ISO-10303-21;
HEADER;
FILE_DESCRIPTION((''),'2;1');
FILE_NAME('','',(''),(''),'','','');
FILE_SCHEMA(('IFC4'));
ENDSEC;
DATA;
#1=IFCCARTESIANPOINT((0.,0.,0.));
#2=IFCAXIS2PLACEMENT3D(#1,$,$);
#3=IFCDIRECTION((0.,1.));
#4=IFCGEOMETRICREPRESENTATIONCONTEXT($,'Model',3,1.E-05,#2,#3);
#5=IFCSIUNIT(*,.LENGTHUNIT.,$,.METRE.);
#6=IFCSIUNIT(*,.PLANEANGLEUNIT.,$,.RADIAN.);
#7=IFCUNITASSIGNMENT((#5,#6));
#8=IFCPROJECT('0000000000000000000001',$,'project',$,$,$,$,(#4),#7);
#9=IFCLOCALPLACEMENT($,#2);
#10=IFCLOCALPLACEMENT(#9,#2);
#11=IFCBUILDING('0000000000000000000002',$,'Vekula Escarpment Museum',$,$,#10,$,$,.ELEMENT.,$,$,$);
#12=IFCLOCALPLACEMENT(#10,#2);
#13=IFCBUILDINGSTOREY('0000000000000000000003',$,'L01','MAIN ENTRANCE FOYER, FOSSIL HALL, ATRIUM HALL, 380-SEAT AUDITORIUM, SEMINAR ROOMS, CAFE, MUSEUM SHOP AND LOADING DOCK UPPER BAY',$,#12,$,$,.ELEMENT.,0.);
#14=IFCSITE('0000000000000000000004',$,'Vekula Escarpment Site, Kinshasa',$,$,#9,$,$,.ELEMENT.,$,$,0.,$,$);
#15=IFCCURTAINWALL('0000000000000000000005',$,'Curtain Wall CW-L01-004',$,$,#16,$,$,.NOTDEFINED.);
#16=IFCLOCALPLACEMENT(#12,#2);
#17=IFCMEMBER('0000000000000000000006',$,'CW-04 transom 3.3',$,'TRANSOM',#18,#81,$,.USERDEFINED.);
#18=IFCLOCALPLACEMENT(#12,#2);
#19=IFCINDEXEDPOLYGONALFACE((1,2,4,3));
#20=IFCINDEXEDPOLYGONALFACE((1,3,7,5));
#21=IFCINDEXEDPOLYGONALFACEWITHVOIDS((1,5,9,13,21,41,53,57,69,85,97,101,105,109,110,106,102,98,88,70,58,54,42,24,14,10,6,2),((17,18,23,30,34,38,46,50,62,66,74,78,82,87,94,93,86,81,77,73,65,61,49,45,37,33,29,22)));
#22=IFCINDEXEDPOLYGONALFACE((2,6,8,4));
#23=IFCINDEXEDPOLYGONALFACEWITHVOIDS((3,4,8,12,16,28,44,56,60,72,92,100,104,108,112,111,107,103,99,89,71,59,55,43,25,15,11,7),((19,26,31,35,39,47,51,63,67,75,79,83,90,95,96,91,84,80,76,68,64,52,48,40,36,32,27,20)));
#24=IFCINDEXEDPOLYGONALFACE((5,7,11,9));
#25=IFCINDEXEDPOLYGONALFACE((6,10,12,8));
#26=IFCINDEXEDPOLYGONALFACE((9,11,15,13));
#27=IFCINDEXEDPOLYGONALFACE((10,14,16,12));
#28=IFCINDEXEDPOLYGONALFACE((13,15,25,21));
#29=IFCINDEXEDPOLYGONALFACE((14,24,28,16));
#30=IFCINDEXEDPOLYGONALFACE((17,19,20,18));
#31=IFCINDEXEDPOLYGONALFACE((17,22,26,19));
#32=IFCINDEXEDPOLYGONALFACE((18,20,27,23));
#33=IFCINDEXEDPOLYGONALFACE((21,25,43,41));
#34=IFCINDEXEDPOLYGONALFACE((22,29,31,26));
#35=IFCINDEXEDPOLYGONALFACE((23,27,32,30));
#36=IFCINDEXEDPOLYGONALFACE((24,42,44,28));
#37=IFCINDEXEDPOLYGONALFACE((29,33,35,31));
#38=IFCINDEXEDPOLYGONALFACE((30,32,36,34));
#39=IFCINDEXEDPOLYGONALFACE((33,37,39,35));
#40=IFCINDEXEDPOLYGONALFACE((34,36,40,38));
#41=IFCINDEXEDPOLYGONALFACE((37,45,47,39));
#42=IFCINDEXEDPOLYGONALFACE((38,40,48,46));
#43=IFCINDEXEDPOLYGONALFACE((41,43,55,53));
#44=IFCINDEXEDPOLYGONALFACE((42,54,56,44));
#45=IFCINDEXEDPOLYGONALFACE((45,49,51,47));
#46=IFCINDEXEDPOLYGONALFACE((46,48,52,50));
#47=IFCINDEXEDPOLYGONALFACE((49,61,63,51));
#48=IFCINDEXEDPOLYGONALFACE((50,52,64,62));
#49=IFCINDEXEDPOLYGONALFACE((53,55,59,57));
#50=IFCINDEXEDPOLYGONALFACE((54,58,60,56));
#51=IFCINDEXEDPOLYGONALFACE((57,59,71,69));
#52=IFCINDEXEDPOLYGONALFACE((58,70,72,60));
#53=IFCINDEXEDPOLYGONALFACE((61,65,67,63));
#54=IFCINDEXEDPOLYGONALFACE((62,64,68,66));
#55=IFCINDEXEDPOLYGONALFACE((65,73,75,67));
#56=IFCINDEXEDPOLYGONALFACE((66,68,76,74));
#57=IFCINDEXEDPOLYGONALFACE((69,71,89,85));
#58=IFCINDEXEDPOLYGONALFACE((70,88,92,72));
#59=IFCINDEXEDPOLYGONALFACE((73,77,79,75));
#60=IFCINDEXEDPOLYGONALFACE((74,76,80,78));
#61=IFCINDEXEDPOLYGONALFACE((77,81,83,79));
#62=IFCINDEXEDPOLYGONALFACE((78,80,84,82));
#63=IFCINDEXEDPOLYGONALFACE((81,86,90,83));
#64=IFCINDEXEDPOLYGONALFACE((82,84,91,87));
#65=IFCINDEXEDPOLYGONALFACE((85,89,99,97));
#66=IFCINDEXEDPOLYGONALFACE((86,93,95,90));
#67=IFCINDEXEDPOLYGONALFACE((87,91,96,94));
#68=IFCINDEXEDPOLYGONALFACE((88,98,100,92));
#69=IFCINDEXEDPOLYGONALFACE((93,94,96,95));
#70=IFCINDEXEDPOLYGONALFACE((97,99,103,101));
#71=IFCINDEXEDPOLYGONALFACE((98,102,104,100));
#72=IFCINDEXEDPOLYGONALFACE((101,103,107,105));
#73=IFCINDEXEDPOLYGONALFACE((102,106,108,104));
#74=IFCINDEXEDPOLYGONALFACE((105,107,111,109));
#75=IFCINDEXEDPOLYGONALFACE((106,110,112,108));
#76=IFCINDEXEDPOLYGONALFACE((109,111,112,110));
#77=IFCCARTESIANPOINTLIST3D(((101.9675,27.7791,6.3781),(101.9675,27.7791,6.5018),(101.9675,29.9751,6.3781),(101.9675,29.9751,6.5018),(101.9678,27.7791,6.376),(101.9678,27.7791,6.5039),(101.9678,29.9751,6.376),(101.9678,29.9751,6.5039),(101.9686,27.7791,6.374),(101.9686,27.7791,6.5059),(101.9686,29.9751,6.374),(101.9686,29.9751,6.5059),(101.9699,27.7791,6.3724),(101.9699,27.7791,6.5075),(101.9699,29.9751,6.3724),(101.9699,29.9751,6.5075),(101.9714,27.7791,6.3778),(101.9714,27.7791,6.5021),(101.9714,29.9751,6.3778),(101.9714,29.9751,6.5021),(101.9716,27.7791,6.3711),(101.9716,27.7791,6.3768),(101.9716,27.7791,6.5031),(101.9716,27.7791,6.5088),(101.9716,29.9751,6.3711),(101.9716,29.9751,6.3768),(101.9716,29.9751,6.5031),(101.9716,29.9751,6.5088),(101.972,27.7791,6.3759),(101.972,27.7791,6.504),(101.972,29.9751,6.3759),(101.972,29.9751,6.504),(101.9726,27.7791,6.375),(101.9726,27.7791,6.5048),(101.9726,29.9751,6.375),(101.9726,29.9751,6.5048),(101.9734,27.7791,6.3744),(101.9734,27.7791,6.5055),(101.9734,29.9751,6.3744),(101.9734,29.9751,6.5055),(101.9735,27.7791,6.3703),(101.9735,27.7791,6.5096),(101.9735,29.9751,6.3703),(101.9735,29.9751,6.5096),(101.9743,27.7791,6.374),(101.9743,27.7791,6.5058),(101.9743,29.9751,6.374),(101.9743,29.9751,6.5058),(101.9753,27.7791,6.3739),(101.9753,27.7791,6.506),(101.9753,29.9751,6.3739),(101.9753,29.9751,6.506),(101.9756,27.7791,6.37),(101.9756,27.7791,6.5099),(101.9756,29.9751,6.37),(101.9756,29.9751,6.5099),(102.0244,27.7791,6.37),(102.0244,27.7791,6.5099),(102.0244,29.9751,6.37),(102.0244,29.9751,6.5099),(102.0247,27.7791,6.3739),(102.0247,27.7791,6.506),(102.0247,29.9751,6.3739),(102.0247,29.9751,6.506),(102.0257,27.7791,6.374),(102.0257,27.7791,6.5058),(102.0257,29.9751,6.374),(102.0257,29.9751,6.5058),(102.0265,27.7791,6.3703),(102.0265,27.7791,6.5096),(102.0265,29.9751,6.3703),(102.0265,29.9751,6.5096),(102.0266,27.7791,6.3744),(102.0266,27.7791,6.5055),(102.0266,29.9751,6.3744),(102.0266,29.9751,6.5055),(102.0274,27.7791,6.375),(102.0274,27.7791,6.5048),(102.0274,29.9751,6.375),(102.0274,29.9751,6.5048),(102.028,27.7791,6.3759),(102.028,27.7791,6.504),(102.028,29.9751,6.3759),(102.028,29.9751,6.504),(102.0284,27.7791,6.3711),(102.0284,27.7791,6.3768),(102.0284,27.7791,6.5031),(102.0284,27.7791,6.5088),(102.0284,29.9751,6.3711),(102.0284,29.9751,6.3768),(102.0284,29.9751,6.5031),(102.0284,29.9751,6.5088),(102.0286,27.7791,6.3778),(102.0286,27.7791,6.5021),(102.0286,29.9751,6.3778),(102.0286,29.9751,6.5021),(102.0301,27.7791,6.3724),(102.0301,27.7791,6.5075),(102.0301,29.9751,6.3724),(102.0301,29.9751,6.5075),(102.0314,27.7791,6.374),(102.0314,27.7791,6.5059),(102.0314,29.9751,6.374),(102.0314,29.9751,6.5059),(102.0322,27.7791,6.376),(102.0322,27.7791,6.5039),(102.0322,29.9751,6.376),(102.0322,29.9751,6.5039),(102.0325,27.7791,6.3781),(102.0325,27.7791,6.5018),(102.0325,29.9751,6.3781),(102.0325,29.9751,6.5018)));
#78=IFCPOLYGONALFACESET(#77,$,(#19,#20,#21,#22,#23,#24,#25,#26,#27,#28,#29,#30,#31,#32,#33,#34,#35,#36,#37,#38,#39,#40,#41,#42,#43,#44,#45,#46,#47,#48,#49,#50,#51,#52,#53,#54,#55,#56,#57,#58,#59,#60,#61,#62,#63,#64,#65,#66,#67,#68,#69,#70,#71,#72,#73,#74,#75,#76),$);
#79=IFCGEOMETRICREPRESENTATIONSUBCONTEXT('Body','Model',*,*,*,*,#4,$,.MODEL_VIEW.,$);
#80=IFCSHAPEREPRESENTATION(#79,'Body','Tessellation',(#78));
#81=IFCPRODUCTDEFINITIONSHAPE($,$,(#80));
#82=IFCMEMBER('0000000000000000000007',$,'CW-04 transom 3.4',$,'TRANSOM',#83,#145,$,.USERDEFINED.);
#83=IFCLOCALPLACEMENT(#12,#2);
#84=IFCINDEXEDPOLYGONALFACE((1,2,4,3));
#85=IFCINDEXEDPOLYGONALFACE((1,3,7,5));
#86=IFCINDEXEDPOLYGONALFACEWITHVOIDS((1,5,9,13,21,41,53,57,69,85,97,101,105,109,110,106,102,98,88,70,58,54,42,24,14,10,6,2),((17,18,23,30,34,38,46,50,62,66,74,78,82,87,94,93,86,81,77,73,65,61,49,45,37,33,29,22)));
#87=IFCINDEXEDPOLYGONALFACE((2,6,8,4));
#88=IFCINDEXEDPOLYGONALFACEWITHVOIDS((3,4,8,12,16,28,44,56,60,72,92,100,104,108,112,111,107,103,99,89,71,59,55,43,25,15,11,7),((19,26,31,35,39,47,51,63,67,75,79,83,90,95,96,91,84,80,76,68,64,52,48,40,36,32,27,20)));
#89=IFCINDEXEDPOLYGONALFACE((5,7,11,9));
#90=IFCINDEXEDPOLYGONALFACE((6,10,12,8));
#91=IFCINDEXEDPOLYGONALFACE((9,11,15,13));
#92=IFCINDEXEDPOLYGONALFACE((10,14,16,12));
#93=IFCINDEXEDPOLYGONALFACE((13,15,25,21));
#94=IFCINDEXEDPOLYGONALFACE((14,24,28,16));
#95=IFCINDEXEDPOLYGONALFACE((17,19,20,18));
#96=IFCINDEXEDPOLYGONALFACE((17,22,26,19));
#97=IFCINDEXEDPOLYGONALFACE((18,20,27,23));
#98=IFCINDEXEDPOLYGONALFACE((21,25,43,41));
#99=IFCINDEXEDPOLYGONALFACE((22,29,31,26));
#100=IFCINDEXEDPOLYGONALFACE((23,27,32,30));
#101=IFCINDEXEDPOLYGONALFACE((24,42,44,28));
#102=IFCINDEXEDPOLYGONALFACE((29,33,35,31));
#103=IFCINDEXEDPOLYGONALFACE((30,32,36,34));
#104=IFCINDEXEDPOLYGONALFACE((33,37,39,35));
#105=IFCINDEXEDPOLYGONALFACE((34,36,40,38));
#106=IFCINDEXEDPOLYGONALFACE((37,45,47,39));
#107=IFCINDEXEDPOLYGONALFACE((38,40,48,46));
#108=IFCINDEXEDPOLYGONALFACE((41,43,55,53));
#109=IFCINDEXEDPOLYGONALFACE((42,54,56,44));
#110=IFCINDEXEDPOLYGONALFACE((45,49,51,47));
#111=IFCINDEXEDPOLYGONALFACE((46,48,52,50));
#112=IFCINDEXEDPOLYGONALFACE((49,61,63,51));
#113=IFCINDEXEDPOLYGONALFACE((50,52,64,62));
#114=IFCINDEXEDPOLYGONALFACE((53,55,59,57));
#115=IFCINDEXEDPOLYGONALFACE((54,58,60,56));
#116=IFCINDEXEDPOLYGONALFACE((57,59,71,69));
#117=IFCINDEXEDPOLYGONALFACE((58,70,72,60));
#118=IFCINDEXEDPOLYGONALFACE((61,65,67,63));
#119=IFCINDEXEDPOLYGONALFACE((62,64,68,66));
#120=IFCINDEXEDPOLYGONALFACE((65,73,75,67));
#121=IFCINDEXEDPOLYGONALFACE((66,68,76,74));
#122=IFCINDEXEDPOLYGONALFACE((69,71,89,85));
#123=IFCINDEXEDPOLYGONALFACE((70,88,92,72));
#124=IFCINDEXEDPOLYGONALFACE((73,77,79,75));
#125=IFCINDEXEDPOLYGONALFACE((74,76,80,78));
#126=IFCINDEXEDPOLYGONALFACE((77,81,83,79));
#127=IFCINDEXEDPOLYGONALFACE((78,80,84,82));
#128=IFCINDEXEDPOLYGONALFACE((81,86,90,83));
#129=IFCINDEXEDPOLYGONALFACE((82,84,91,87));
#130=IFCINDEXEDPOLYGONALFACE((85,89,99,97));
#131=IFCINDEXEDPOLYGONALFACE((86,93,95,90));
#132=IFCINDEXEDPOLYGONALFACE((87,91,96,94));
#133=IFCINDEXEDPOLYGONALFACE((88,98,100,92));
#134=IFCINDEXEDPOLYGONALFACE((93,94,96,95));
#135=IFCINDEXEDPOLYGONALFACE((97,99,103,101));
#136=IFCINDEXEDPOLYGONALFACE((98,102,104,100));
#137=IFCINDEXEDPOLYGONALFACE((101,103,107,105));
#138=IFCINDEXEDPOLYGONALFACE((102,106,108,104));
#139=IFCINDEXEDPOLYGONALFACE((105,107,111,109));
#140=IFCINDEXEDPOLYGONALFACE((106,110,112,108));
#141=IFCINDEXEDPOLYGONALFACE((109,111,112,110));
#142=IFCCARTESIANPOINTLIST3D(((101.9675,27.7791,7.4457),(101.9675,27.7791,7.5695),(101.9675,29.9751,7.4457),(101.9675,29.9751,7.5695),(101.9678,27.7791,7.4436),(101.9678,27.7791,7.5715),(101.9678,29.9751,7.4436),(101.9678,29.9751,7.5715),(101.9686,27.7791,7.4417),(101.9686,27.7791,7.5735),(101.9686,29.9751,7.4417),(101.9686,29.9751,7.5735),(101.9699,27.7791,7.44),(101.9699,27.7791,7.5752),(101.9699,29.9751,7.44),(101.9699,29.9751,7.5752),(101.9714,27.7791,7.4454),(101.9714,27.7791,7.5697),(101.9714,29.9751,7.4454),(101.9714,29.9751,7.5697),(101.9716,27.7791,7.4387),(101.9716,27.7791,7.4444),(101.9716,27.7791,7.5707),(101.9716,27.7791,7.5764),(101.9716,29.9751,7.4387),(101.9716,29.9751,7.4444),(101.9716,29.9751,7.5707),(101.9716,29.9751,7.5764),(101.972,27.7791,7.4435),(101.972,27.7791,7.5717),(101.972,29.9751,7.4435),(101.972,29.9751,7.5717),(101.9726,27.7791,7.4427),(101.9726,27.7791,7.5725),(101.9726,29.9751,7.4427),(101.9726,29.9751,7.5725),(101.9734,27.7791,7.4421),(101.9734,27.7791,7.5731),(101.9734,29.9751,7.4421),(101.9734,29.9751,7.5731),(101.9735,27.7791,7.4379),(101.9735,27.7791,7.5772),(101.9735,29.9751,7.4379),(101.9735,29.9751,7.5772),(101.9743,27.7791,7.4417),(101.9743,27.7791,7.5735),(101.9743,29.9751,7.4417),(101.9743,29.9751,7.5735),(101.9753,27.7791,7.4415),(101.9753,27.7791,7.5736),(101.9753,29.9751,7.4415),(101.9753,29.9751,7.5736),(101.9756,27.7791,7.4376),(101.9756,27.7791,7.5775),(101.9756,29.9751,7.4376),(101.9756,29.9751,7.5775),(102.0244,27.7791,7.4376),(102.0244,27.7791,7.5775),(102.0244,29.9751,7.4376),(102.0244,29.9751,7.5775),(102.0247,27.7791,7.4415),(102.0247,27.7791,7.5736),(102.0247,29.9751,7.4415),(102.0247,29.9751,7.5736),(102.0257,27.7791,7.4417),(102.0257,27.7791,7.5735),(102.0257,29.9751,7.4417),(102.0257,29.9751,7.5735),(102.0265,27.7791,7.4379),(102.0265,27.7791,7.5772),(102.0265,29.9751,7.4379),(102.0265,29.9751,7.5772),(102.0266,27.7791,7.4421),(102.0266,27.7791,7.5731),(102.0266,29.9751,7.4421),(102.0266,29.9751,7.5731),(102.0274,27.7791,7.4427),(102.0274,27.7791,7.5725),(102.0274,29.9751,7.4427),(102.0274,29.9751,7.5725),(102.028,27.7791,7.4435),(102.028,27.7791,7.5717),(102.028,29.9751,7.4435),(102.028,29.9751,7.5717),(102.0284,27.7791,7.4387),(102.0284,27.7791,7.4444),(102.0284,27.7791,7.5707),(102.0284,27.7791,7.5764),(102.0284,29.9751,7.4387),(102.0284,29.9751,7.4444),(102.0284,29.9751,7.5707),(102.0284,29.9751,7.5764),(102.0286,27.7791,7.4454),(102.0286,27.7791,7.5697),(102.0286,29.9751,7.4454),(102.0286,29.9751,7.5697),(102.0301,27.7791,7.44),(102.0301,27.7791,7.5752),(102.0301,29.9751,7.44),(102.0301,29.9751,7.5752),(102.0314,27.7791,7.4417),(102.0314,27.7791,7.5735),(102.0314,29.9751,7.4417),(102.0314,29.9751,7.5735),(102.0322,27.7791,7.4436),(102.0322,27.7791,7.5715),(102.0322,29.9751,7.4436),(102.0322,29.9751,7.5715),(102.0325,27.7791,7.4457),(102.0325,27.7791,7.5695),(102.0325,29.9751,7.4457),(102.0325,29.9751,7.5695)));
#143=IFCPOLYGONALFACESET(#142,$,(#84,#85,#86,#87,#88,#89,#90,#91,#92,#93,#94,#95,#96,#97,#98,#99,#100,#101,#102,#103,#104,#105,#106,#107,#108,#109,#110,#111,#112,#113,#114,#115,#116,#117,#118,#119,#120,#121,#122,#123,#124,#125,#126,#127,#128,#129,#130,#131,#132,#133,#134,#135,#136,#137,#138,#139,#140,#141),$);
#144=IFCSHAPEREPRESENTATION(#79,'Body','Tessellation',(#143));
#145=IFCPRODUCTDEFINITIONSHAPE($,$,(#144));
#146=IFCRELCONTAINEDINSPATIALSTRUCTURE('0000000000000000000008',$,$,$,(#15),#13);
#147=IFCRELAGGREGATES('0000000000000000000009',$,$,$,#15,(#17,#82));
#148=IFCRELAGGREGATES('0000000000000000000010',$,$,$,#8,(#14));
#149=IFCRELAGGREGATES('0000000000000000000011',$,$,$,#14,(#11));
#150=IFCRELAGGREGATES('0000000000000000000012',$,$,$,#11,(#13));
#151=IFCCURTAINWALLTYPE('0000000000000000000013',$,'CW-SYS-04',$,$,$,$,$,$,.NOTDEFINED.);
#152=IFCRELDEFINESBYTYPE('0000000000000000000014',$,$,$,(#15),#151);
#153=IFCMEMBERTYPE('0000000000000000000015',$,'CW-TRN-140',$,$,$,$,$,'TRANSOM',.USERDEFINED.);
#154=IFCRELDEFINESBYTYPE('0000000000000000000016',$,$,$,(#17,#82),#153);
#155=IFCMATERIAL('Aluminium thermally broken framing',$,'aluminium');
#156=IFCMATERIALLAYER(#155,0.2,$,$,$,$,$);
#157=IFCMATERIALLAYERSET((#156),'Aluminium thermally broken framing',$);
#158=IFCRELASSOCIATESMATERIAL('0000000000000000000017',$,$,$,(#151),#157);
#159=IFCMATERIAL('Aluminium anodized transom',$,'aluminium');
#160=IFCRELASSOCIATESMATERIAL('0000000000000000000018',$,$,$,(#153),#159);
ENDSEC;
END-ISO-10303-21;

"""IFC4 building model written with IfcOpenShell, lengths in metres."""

from ifc_helpers import new_model, si_unit, direction, frame, origin, origin_2d, place, context, subcontext, project, spatial, hollow_rectangle, extrude, material, layer, layer_set, material_profile, profile_set, type_object, element, aggregate, save


model = new_model("IFC4")

# Units and contexts
model_context = context("Model", 3, precision=1e-05, world=origin(), true_north=direction((0.0, 1.0)))
body_context = subcontext(model_context, "Body", "Model", "MODEL_VIEW")
ifc_project = project(units=[si_unit("LENGTHUNIT", "METRE"), si_unit("PLANEANGLEUNIT", "RADIAN")], contexts=[model_context])

# Site, building, storey
site_placement = place(None, origin())
site = spatial("IfcSite", under=ifc_project, at=site_placement, Name="Vekula Escarpment Site, Kinshasa", CompositionType="ELEMENT", RefElevation=0.0)
building_placement = place(site_placement, origin())
building = spatial("IfcBuilding", under=site, at=building_placement, Name="Vekula Escarpment Museum", CompositionType="ELEMENT")
storey_placement = place(building_placement, origin())
storey = spatial("IfcBuildingStorey", under=building, at=storey_placement, Name="L01", Description="MAIN ENTRANCE FOYER, FOSSIL HALL, ATRIUM HALL, 380-SEAT AUDITORIUM, SEMINAR ROOMS, CAFE, MUSEUM SHOP AND LOADING DOCK UPPER BAY", CompositionType="ELEMENT", Elevation=0.0)

# Curtain wall
ifc_material_1 = material(Name="Aluminium thermally broken framing", Category="aluminium")
ifc_layer_1 = layer(ifc_material_1, 0.2)
ifc_layer_set_1 = layer_set([ifc_layer_1], Name="Aluminium thermally broken framing")
curtain_wall_type_1 = type_object("IfcCurtainWallType", Name="CW-SYS-04", PredefinedType="NOTDEFINED", material=ifc_layer_set_1)
curtain_wall_1_placement = place(storey_placement, origin())
curtain_wall_1 = element("IfcCurtainWall", 1, at=curtain_wall_1_placement, inside=storey, type_object=curtain_wall_type_1, Name="Curtain Wall CW-L01-004", PredefinedType="NOTDEFINED")

# Members
ifc_material_2 = material(Name="Aluminium anodized transom", Category="aluminium")
ifc_material_profile_1 = material_profile(ifc_material_2, hollow_rectangle(XDim=0.0649, YDim=0.1399, WallThickness=0.0039, InnerFilletRadius=0.0039, OuterFilletRadius=0.0081, at=origin_2d()), Name="ALU 140x65x4")
ifc_profile_set_1 = profile_set([ifc_material_profile_1], Name="Aluminium anodized transom")
member_type_1 = type_object("IfcMemberType", Name="CW-TRN-140", ElementType="TRANSOM", PredefinedType="USERDEFINED", material=ifc_profile_set_1)
member_1_placement = place(storey_placement, frame((102.0, 27.7791, 6.4399), z_axis=(0.0, 1.0, 0.0), x_axis=(-1.0, 0.0, 0.0)))
member_1 = element("IfcMember", 2, at=member_1_placement, type_object=member_type_1, Name="CW-04 transom 3.3", ObjectType="TRANSOM", PredefinedType="USERDEFINED", context=body_context, shape_type="SweptSolid", body=[
    extrude(hollow_rectangle(XDim=0.0649, YDim=0.1399, WallThickness=0.0039, InnerFilletRadius=0.0039, OuterFilletRadius=0.0081, at=origin_2d()), origin(), (0.0, 0.0, 1.0), 2.196),
])
member_2_placement = place(storey_placement, frame((102.0, 27.7791, 7.5076), z_axis=(0.0, 1.0, 0.0), x_axis=(-1.0, 0.0, 0.0)))
member_2 = element("IfcMember", 3, at=member_2_placement, type_object=member_type_1, Name="CW-04 transom 3.4", ObjectType="TRANSOM", PredefinedType="USERDEFINED", context=body_context, shape_type="SweptSolid", body=[
    extrude(hollow_rectangle(XDim=0.0649, YDim=0.1399, WallThickness=0.0039, InnerFilletRadius=0.0039, OuterFilletRadius=0.0081, at=origin_2d()), origin(), (0.0, 0.0, 1.0), 2.196),
])

aggregate(curtain_wall_1, [member_1, member_2])

save(model, "model.ifc")
